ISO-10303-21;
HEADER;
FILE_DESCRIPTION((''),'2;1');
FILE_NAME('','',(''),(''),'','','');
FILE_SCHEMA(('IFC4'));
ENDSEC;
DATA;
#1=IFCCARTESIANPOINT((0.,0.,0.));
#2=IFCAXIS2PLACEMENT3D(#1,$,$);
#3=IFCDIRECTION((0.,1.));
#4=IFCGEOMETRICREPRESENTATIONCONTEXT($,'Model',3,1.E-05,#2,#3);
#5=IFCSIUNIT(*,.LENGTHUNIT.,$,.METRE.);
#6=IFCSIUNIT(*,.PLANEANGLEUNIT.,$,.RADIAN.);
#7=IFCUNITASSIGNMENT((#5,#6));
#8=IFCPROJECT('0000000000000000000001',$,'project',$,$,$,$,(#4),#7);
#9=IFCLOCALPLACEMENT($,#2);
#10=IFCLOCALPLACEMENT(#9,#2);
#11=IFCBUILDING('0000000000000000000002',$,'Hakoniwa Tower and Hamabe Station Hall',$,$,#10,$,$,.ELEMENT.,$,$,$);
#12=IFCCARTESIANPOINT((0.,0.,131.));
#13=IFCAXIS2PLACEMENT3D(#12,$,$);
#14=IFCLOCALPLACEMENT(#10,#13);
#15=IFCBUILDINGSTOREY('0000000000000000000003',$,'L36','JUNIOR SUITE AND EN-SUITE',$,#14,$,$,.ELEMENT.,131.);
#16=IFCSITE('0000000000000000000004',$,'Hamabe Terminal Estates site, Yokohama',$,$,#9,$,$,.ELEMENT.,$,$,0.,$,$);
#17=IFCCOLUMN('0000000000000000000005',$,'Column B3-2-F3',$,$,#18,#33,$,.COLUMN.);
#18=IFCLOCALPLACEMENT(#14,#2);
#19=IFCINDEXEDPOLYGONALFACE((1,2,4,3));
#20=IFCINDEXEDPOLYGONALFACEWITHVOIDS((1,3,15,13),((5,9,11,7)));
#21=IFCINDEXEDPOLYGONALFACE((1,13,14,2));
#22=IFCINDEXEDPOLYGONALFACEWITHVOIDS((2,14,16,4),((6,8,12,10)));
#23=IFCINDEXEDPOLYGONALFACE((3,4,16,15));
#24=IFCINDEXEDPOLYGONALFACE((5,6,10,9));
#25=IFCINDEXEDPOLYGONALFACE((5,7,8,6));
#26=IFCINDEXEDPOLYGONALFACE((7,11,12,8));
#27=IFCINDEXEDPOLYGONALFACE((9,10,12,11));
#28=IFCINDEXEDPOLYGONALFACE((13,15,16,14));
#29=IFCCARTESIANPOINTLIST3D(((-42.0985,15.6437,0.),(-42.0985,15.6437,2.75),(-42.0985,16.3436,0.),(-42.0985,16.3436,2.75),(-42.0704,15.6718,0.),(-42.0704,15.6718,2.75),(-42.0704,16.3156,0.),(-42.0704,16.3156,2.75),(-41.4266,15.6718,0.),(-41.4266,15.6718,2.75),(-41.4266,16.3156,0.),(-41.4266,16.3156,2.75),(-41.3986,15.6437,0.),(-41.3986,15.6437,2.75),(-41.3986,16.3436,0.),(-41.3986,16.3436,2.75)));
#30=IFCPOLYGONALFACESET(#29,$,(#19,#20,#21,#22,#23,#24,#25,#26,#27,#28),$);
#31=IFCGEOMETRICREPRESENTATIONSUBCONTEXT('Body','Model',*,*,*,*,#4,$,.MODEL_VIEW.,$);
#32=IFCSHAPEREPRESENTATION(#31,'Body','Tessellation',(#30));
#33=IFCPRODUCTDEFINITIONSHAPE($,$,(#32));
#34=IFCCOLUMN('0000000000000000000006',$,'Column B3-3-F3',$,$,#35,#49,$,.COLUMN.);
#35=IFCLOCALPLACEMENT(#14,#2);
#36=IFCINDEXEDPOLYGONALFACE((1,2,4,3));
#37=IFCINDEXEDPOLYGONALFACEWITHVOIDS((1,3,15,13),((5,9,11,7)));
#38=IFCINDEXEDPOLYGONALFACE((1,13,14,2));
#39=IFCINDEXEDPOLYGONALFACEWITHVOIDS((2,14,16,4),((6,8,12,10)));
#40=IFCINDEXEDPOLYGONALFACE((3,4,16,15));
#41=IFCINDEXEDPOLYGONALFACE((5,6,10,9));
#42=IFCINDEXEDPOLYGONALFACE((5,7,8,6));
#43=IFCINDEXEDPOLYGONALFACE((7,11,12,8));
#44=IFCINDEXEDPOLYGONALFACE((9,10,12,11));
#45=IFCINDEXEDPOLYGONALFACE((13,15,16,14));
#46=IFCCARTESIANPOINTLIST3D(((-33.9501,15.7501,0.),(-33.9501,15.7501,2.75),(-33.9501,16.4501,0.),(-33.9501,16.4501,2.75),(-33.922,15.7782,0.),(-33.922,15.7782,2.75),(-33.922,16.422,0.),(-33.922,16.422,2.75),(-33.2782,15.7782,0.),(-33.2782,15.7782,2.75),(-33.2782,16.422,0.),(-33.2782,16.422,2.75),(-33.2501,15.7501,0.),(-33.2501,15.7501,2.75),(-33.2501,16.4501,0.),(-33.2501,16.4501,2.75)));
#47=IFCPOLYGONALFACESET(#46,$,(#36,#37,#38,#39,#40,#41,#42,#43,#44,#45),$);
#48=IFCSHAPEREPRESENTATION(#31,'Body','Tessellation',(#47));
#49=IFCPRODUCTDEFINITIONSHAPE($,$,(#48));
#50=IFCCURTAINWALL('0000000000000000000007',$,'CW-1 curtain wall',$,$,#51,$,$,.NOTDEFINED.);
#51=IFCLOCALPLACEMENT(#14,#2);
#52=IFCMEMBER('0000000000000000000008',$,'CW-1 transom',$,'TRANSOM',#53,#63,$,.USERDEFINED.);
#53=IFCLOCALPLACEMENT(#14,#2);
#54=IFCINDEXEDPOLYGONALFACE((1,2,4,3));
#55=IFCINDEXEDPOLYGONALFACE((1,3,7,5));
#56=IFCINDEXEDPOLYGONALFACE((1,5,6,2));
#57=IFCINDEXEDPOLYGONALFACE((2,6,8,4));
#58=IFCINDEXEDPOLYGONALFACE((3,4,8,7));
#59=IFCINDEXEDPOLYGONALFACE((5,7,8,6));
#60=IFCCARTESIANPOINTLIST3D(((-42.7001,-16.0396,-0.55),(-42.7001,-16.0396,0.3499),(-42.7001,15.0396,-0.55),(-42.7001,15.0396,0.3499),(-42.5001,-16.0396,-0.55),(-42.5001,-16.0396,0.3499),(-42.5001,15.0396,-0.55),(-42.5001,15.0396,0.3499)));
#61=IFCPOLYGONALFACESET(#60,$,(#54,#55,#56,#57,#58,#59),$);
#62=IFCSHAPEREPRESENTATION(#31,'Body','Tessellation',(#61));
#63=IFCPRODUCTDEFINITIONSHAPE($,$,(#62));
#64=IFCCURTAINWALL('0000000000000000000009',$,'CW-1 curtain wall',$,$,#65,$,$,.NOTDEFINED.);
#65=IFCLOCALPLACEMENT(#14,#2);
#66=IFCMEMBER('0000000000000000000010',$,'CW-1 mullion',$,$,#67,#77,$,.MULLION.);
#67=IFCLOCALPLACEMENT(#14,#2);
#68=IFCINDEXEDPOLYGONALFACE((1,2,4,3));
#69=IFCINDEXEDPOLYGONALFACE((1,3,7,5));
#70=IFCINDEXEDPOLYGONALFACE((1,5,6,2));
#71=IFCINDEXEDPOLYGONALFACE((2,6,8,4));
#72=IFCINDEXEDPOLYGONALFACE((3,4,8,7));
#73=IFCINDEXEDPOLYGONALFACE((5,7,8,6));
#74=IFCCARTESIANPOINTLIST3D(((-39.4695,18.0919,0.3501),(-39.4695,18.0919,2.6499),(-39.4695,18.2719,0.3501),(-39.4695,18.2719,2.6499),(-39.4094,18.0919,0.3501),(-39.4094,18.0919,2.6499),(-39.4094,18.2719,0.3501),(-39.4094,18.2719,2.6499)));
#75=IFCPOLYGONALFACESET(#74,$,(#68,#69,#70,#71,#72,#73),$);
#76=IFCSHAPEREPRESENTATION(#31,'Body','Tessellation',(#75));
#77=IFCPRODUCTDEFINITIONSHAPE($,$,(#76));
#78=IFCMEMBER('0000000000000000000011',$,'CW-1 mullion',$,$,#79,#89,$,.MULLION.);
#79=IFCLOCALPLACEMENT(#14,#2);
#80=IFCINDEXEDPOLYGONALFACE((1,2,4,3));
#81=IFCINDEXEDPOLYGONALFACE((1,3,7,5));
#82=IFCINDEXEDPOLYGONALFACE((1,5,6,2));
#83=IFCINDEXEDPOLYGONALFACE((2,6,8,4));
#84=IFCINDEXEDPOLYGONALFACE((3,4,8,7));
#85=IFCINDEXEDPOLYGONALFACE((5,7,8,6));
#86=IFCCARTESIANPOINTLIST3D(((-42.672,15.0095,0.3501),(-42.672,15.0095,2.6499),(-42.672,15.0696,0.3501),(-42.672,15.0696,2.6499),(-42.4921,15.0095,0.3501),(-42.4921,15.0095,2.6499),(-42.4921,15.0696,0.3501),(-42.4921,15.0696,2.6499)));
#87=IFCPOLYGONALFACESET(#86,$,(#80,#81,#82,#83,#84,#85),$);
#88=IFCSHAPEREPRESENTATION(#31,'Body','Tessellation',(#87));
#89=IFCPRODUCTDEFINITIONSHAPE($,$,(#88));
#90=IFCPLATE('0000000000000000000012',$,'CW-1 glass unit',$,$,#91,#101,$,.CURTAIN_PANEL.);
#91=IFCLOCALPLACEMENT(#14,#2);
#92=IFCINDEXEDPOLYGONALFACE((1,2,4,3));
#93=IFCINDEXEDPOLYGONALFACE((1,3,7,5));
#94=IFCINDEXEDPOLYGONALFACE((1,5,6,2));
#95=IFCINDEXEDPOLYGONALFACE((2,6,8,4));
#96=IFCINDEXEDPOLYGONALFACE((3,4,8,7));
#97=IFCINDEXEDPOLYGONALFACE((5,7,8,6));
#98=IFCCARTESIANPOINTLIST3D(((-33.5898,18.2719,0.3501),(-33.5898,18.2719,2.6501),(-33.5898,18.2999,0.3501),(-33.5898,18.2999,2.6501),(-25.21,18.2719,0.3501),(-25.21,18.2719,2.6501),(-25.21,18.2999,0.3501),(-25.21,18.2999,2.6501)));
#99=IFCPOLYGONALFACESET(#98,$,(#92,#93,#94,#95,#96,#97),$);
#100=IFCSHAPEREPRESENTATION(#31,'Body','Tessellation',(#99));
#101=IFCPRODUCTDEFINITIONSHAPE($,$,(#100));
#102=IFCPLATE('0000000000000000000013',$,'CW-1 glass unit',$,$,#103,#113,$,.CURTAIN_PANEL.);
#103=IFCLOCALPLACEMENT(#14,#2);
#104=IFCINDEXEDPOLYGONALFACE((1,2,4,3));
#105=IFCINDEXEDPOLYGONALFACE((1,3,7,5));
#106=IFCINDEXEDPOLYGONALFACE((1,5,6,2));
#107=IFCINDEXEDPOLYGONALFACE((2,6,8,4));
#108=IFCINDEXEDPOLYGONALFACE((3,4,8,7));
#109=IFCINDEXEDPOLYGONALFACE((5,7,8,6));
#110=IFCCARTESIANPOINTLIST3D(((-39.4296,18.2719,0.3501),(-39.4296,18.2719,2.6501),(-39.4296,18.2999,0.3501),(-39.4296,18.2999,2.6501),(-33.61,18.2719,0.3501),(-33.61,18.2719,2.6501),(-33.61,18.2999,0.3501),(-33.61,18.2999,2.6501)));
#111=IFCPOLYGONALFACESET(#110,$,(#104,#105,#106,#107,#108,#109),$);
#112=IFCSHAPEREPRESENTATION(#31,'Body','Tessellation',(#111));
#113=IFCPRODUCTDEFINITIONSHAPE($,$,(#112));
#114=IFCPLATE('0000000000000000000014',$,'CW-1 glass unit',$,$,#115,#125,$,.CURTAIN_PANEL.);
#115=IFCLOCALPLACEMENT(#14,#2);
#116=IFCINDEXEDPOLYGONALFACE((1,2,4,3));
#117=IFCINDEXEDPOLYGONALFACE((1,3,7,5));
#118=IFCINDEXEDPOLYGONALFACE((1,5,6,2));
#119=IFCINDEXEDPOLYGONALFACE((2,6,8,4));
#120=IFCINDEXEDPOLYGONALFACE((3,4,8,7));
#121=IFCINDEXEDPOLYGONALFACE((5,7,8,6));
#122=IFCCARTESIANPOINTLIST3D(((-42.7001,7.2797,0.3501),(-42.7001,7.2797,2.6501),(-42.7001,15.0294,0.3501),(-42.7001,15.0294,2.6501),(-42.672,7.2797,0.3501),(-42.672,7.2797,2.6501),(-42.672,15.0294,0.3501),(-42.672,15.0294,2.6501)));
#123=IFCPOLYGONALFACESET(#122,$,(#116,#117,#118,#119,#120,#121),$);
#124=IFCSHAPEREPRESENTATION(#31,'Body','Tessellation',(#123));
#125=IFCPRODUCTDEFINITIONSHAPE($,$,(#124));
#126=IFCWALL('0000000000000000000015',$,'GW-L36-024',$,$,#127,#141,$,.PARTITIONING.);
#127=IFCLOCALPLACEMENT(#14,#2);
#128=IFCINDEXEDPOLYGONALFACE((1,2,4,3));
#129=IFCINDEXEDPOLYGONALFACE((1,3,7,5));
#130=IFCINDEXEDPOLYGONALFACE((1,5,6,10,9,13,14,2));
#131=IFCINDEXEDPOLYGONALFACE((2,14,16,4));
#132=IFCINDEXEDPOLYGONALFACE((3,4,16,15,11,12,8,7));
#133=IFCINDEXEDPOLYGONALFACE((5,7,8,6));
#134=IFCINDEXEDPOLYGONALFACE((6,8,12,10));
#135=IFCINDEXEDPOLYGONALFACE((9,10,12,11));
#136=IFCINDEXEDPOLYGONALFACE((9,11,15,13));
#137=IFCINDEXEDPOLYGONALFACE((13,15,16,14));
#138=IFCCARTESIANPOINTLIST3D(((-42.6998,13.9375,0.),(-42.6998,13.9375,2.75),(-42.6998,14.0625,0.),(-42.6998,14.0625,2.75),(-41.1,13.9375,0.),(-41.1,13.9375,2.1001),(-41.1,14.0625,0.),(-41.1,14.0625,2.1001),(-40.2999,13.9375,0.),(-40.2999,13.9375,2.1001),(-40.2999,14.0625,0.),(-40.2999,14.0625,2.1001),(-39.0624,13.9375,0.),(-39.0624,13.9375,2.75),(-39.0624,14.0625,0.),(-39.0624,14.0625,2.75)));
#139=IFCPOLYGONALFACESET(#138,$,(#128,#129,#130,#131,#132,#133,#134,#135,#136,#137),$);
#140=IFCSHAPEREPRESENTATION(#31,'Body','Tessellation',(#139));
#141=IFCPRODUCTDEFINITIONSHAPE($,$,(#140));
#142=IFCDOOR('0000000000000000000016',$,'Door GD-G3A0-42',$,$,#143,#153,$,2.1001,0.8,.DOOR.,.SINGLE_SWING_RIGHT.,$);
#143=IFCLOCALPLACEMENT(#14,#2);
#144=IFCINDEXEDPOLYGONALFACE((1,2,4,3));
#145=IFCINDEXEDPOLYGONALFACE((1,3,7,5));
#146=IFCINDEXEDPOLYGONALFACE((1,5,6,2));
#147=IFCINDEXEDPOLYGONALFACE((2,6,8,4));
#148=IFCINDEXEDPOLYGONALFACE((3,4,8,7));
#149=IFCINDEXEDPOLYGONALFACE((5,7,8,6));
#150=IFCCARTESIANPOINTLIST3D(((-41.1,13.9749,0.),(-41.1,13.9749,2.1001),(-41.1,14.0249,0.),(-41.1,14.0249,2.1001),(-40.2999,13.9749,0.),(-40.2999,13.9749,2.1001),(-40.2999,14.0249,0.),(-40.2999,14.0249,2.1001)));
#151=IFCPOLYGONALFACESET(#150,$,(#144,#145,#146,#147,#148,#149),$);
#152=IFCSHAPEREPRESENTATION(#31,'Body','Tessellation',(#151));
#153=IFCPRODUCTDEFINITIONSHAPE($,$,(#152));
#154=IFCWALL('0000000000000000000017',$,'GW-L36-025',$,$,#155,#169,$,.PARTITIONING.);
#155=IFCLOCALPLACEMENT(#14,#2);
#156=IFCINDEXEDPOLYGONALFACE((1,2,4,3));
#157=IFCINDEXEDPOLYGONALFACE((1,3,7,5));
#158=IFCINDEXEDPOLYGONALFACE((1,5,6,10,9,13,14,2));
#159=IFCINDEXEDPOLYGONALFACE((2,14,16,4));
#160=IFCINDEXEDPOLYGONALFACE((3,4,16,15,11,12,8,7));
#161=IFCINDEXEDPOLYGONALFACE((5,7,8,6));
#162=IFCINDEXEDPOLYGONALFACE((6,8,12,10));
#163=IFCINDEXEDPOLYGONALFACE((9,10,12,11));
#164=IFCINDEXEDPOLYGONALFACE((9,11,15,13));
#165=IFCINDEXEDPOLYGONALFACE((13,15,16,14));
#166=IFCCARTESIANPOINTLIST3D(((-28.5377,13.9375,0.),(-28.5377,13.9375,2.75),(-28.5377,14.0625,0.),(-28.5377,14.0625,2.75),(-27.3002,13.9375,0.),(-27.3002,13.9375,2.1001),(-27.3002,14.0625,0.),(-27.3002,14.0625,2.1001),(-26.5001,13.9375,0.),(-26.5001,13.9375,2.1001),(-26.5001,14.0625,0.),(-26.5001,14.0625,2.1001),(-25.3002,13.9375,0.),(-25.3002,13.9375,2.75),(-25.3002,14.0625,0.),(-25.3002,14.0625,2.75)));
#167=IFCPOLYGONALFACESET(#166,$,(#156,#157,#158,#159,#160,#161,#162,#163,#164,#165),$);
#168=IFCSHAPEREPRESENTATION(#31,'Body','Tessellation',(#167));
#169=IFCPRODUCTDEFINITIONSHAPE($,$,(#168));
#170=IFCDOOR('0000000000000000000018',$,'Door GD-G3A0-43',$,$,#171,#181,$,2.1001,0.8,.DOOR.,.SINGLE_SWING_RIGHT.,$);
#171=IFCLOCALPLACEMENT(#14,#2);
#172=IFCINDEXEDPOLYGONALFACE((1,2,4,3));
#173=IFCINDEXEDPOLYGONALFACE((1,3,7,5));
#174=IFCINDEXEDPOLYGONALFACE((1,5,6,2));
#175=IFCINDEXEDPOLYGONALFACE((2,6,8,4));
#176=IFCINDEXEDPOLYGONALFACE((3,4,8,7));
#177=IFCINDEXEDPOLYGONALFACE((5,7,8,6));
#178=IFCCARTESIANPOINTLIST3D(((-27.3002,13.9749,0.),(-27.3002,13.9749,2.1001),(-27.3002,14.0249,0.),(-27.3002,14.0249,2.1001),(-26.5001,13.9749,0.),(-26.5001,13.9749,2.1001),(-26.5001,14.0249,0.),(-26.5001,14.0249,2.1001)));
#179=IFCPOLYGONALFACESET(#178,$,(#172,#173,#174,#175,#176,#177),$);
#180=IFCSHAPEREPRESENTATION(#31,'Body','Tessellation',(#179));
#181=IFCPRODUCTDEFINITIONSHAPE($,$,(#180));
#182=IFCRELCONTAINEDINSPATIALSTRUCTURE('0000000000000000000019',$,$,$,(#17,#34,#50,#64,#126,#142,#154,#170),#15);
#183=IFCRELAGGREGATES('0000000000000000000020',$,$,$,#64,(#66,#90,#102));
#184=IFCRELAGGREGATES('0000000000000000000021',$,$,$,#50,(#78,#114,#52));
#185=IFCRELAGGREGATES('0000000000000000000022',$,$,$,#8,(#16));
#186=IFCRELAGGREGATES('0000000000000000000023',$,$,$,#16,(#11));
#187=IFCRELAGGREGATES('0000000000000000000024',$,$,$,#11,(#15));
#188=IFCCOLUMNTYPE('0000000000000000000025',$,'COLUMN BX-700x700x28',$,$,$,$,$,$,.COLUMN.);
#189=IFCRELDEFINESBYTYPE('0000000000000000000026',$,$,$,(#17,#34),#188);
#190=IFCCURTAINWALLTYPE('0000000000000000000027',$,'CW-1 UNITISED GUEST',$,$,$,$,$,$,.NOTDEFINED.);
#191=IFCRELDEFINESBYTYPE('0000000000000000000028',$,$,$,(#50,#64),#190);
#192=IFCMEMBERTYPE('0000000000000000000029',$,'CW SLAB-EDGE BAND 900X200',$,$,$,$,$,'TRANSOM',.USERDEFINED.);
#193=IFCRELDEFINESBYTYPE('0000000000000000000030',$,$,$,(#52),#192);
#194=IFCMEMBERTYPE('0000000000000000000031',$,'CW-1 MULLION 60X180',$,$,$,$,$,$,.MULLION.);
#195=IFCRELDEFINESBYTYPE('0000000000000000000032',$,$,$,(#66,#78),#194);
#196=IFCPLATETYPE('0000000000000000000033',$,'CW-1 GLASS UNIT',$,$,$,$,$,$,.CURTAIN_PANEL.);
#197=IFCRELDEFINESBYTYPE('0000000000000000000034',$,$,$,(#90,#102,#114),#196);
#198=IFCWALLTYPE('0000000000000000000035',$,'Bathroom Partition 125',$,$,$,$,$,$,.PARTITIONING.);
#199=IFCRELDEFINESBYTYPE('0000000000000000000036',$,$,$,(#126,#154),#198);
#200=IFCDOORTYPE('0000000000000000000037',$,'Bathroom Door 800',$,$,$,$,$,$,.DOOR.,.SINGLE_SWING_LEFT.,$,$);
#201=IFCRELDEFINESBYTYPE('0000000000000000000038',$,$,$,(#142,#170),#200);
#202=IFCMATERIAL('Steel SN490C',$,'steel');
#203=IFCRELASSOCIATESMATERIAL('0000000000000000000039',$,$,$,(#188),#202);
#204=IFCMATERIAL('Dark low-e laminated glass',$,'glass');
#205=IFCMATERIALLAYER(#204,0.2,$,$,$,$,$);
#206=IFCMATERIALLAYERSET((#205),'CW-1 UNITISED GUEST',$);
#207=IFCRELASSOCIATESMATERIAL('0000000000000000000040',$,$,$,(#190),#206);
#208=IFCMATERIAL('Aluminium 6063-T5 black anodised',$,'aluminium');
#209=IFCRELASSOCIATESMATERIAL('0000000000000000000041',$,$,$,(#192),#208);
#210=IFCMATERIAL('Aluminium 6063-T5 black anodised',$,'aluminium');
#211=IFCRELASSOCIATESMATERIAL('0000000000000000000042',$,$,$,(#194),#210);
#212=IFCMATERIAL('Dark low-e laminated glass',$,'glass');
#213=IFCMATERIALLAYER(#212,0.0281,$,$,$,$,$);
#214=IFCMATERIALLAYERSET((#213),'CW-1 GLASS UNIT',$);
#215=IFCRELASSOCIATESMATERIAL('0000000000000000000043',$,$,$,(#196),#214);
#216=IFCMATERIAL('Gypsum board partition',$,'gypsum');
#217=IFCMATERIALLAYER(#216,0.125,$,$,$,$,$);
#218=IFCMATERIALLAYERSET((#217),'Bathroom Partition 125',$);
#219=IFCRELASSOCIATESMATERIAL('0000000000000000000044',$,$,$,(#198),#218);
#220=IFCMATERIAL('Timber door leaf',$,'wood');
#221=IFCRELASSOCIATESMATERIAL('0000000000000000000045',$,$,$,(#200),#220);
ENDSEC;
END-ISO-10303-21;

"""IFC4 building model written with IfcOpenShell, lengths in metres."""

from ifc_helpers import new_model, si_unit, direction, frame, frame_2d, origin, origin_2d, place, context, subcontext, project, spatial, rectangle, hollow_rectangle, extrude, material, layer, layer_set, material_profile, profile_set, type_object, element, fill, aggregate, save


model = new_model("IFC4")

# Units and contexts
model_context = context("Model", 3, precision=1e-05, world=origin(), true_north=direction((0.0, 1.0)))
body_context = subcontext(model_context, "Body", "Model", "MODEL_VIEW")
ifc_project = project(units=[si_unit("LENGTHUNIT", "METRE"), si_unit("PLANEANGLEUNIT", "RADIAN")], contexts=[model_context])

# Site, building, storey
site_placement = place(None, origin())
site = spatial("IfcSite", under=ifc_project, at=site_placement, Name="Hamabe Terminal Estates site, Yokohama", CompositionType="ELEMENT", RefElevation=0.0)
building_placement = place(site_placement, origin())
building = spatial("IfcBuilding", under=site, at=building_placement, Name="Hakoniwa Tower and Hamabe Station Hall", CompositionType="ELEMENT")
storey_placement = place(building_placement, frame((0.0, 0.0, 131.0)))
storey = spatial("IfcBuildingStorey", under=building, at=storey_placement, Name="L36", Description="JUNIOR SUITE AND EN-SUITE", CompositionType="ELEMENT", Elevation=131.0)

# Columns
ifc_material_1 = material(Name="Steel SN490C", Category="steel")
ifc_material_profile_1 = material_profile(ifc_material_1, hollow_rectangle(XDim=0.7, YDim=0.7, WallThickness=0.0281, at=origin_2d()), Name="BX-700x700x28")
ifc_profile_set_1 = profile_set([ifc_material_profile_1], Name="Steel SN490C")
column_type = type_object("IfcColumnType", Name="COLUMN BX-700x700x28", PredefinedType="COLUMN", material=ifc_profile_set_1)
for number, where, z_axis, x_axis, name in (
    (1, (-41.7485, 15.9937, 0.0), (0.0, 0.0, 1.0), (1.0, 0.0, 0.0), "Column B3-2-F3"),
    (2, (-33.6001, 16.1001, 0.0), (0.0, 0.0, 1.0), (1.0, 0.0, 0.0), "Column B3-3-F3"),
):
    element("IfcColumn", number, at=place(storey_placement, frame(where, z_axis=z_axis, x_axis=x_axis)), inside=storey, type_object=column_type, Name=name, PredefinedType="COLUMN", context=body_context, shape_type="SweptSolid", body=[
        extrude(hollow_rectangle(XDim=0.7, YDim=0.7, WallThickness=0.0281, at=origin_2d()), origin(), (0.0, 0.0, 1.0), 2.75),
    ])

# Curtain walls, members
ifc_material_2 = material(Name="Dark low-e laminated glass", Category="glass")
ifc_layer_1 = layer(ifc_material_2, 0.2)
ifc_layer_set_1 = layer_set([ifc_layer_1], Name="CW-1 UNITISED GUEST")
curtain_wall_type = type_object("IfcCurtainWallType", Name="CW-1 UNITISED GUEST", PredefinedType="NOTDEFINED", material=ifc_layer_set_1)
curtain_wall_1_placement = place(storey_placement, origin())
curtain_wall_1 = element("IfcCurtainWall", 3, at=curtain_wall_1_placement, inside=storey, type_object=curtain_wall_type, Name="CW-1 curtain wall", PredefinedType="NOTDEFINED")
ifc_material_3 = material(Name="Aluminium 6063-T5 black anodised", Category="aluminium")
ifc_material_profile_2 = material_profile(ifc_material_3, rectangle(XDim=0.2, YDim=0.8999, at=origin_2d()), Name="CW SLAB-EDGE BAND 900X200")
ifc_profile_set_2 = profile_set([ifc_material_profile_2], Name="Aluminium 6063-T5 black anodised")
member_type_1 = type_object("IfcMemberType", Name="CW SLAB-EDGE BAND 900X200", ElementType="TRANSOM", PredefinedType="USERDEFINED", material=ifc_profile_set_2)
member_1_placement = place(storey_placement, frame((-42.6001, 15.0396, -0.1001), z_axis=(0.0, -1.0, 0.0), x_axis=(1.0, 0.0, 0.0)))
member_1 = element("IfcMember", 4, at=member_1_placement, type_object=member_type_1, Name="CW-1 transom", ObjectType="TRANSOM", PredefinedType="USERDEFINED", context=body_context, shape_type="SweptSolid", body=[
    extrude(rectangle(XDim=0.2, YDim=0.8999, at=origin_2d()), origin(), (0.0, 0.0, 1.0), 31.0791),
])
curtain_wall_2_placement = place(storey_placement, origin())
curtain_wall_2 = element("IfcCurtainWall", 5, at=curtain_wall_2_placement, inside=storey, type_object=curtain_wall_type, Name="CW-1 curtain wall", PredefinedType="NOTDEFINED")
ifc_material_4 = material(Name="Aluminium 6063-T5 black anodised", Category="aluminium")
ifc_material_profile_3 = material_profile(ifc_material_4, rectangle(XDim=0.0601, YDim=0.1799, at=origin_2d()), Name="CW-1 MULLION 60X180")
ifc_profile_set_3 = profile_set([ifc_material_profile_3], Name="Aluminium 6063-T5 black anodised")
member_type_2 = type_object("IfcMemberType", Name="CW-1 MULLION 60X180", PredefinedType="MULLION", material=ifc_profile_set_3)
member_2_placement = place(storey_placement, frame((-39.4395, 18.1819, 0.3501), z_axis=(0.0, 0.0, 1.0), x_axis=(-1.0, 0.0, 0.0)))
member_2 = element("IfcMember", 6, at=member_2_placement, type_object=member_type_2, Name="CW-1 mullion", PredefinedType="MULLION", context=body_context, shape_type="SweptSolid", body=[
    extrude(rectangle(XDim=0.0601, YDim=0.1799, at=origin_2d()), origin(), (0.0, 0.0, 1.0), 2.2998),
])

# Member
member_3_placement = place(storey_placement, frame((-42.582, 15.0396, 0.3501), z_axis=(0.0, 0.0, 1.0), x_axis=(0.0, -1.0, 0.0)))
member_3 = element("IfcMember", 7, at=member_3_placement, type_object=member_type_2, Name="CW-1 mullion", PredefinedType="MULLION", context=body_context, shape_type="SweptSolid", body=[
    extrude(rectangle(XDim=0.0601, YDim=0.1799, at=origin_2d()), origin(), (0.0, 0.0, 1.0), 2.2998),
])

# Plates
ifc_material_5 = material(Name="Dark low-e laminated glass", Category="glass")
ifc_layer_2 = layer(ifc_material_5, 0.0281)
ifc_layer_set_2 = layer_set([ifc_layer_2], Name="CW-1 GLASS UNIT")
plate_type = type_object("IfcPlateType", Name="CW-1 GLASS UNIT", PredefinedType="CURTAIN_PANEL", material=ifc_layer_set_2)
plate_1_placement = place(storey_placement, frame((-29.3999, 18.2859, 0.3501), z_axis=(0.0, 0.0, 1.0), x_axis=(-1.0, 0.0, 0.0)))
plate_1 = element("IfcPlate", 8, at=plate_1_placement, type_object=plate_type, Name="CW-1 glass unit", PredefinedType="CURTAIN_PANEL", context=body_context, shape_type="SweptSolid", body=[
    extrude(rectangle(XDim=8.3799, YDim=0.0281, at=origin_2d()), origin(), (0.0, 0.0, 1.0), 2.3),
])
plate_2_placement = place(storey_placement, frame((-36.5198, 18.2859, 0.3501), z_axis=(0.0, 0.0, 1.0), x_axis=(-1.0, 0.0, 0.0)))
plate_2 = element("IfcPlate", 9, at=plate_2_placement, type_object=plate_type, Name="CW-1 glass unit", PredefinedType="CURTAIN_PANEL", context=body_context, shape_type="SweptSolid", body=[
    extrude(rectangle(XDim=5.8196, YDim=0.0281, at=origin_2d()), origin(), (0.0, 0.0, 1.0), 2.3),
])
aggregate(curtain_wall_2, [member_2, plate_1, plate_2])
plate_3_placement = place(storey_placement, frame((-42.686, 11.1545, 0.3501), z_axis=(0.0, 0.0, 1.0), x_axis=(0.0, -1.0, 0.0)))
plate_3 = element("IfcPlate", 10, at=plate_3_placement, type_object=plate_type, Name="CW-1 glass unit", PredefinedType="CURTAIN_PANEL", context=body_context, shape_type="SweptSolid", body=[
    extrude(rectangle(XDim=7.7498, YDim=0.0281, at=origin_2d()), origin(), (0.0, 0.0, 1.0), 2.3),
])
aggregate(curtain_wall_1, [member_3, plate_3, member_1])

# Walls, openings, doors
ifc_material_6 = material(Name="Gypsum board partition", Category="gypsum")
ifc_layer_3 = layer(ifc_material_6, 0.125)
ifc_layer_set_3 = layer_set([ifc_layer_3], Name="Bathroom Partition 125")
wall_type_1 = type_object("IfcWallType", Name="Bathroom Partition 125", PredefinedType="PARTITIONING", material=ifc_layer_set_3)
wall_1_placement = place(storey_placement, frame((-42.7, 14.0, 0.0), z_axis=(0.0, 0.0, 1.0), x_axis=(1.0, 0.0, 0.0)))
wall_1 = element("IfcWall", 11, at=wall_1_placement, inside=storey, type_object=wall_type_1, Name="GW-L36-024", PredefinedType="PARTITIONING", context=body_context, shape_type="SweptSolid", body=[
    extrude(rectangle(XDim=3.6375, YDim=0.125, at=frame_2d((1.8188, 0.0))), origin(), (0.0, 0.0, 1.0), 2.75),
])
opening_1_placement = place(wall_1_placement, frame((1.6001, 0.0, 0.0)))
opening_1 = element("IfcOpeningElement", 12, at=opening_1_placement, cuts=wall_1, PredefinedType="OPENING", context=body_context, shape_type="SweptSolid", body=[
    extrude(rectangle(XDim=0.8, YDim=2.1001, at=frame_2d((0.3999, 1.05))), frame((0.0, 0.0725, 0.0), z_axis=(0.0, -1.0, 0.0), x_axis=(1.0, 0.0, 0.0)), (0.0, 0.0, 1.0), 0.145),
])
ifc_material_7 = material(Name="Timber door leaf", Category="wood")
door_type_1 = type_object("IfcDoorType", Name="Bathroom Door 800", OperationType="SINGLE_SWING_LEFT", PredefinedType="DOOR", material=ifc_material_7)
door_1_placement = place(opening_1_placement, origin())
door_1 = element("IfcDoor", 13, at=door_1_placement, inside=storey, type_object=door_type_1, Name="Door GD-G3A0-42", OperationType="SINGLE_SWING_RIGHT", OverallHeight=2.1001, OverallWidth=0.8, PredefinedType="DOOR", context=body_context, shape_type="SweptSolid", body=[
    extrude(rectangle(XDim=0.8, YDim=2.1001, at=frame_2d((0.3999, 1.05))), frame((0.0, 0.0249, 0.0), z_axis=(0.0, -1.0, 0.0), x_axis=(1.0, 0.0, 0.0)), (0.0, 0.0, 1.0), 0.05),
])
fill(opening_1, door_1)
wall_2_placement = place(storey_placement, frame((-28.5376, 14.0, 0.0), z_axis=(0.0, 0.0, 1.0), x_axis=(1.0, 0.0, 0.0)))
wall_2 = element("IfcWall", 14, at=wall_2_placement, inside=storey, type_object=wall_type_1, Name="GW-L36-025", PredefinedType="PARTITIONING", context=body_context, shape_type="SweptSolid", body=[
    extrude(rectangle(XDim=3.2375, YDim=0.125, at=frame_2d((1.6187, 0.0))), origin(), (0.0, 0.0, 1.0), 2.75),
])
opening_2_placement = place(wall_2_placement, frame((1.2375, 0.0, 0.0)))
opening_2 = element("IfcOpeningElement", 15, at=opening_2_placement, cuts=wall_2, PredefinedType="OPENING", context=body_context, shape_type="SweptSolid", body=[
    extrude(rectangle(XDim=0.8, YDim=2.1001, at=frame_2d((0.3999, 1.05))), frame((0.0, 0.0725, 0.0), z_axis=(0.0, -1.0, 0.0), x_axis=(1.0, 0.0, 0.0)), (0.0, 0.0, 1.0), 0.145),
])
door_2_placement = place(opening_2_placement, origin())
door_2 = element("IfcDoor", 16, at=door_2_placement, inside=storey, type_object=door_type_1, Name="Door GD-G3A0-43", OperationType="SINGLE_SWING_RIGHT", OverallHeight=2.1001, OverallWidth=0.8, PredefinedType="DOOR", context=body_context, shape_type="SweptSolid", body=[
    extrude(rectangle(XDim=0.8, YDim=2.1001, at=frame_2d((0.3999, 1.05))), frame((0.0, 0.0249, 0.0), z_axis=(0.0, -1.0, 0.0), x_axis=(1.0, 0.0, 0.0)), (0.0, 0.0, 1.0), 0.05),
])
fill(opening_2, door_2)

save(model, "model.ifc")
